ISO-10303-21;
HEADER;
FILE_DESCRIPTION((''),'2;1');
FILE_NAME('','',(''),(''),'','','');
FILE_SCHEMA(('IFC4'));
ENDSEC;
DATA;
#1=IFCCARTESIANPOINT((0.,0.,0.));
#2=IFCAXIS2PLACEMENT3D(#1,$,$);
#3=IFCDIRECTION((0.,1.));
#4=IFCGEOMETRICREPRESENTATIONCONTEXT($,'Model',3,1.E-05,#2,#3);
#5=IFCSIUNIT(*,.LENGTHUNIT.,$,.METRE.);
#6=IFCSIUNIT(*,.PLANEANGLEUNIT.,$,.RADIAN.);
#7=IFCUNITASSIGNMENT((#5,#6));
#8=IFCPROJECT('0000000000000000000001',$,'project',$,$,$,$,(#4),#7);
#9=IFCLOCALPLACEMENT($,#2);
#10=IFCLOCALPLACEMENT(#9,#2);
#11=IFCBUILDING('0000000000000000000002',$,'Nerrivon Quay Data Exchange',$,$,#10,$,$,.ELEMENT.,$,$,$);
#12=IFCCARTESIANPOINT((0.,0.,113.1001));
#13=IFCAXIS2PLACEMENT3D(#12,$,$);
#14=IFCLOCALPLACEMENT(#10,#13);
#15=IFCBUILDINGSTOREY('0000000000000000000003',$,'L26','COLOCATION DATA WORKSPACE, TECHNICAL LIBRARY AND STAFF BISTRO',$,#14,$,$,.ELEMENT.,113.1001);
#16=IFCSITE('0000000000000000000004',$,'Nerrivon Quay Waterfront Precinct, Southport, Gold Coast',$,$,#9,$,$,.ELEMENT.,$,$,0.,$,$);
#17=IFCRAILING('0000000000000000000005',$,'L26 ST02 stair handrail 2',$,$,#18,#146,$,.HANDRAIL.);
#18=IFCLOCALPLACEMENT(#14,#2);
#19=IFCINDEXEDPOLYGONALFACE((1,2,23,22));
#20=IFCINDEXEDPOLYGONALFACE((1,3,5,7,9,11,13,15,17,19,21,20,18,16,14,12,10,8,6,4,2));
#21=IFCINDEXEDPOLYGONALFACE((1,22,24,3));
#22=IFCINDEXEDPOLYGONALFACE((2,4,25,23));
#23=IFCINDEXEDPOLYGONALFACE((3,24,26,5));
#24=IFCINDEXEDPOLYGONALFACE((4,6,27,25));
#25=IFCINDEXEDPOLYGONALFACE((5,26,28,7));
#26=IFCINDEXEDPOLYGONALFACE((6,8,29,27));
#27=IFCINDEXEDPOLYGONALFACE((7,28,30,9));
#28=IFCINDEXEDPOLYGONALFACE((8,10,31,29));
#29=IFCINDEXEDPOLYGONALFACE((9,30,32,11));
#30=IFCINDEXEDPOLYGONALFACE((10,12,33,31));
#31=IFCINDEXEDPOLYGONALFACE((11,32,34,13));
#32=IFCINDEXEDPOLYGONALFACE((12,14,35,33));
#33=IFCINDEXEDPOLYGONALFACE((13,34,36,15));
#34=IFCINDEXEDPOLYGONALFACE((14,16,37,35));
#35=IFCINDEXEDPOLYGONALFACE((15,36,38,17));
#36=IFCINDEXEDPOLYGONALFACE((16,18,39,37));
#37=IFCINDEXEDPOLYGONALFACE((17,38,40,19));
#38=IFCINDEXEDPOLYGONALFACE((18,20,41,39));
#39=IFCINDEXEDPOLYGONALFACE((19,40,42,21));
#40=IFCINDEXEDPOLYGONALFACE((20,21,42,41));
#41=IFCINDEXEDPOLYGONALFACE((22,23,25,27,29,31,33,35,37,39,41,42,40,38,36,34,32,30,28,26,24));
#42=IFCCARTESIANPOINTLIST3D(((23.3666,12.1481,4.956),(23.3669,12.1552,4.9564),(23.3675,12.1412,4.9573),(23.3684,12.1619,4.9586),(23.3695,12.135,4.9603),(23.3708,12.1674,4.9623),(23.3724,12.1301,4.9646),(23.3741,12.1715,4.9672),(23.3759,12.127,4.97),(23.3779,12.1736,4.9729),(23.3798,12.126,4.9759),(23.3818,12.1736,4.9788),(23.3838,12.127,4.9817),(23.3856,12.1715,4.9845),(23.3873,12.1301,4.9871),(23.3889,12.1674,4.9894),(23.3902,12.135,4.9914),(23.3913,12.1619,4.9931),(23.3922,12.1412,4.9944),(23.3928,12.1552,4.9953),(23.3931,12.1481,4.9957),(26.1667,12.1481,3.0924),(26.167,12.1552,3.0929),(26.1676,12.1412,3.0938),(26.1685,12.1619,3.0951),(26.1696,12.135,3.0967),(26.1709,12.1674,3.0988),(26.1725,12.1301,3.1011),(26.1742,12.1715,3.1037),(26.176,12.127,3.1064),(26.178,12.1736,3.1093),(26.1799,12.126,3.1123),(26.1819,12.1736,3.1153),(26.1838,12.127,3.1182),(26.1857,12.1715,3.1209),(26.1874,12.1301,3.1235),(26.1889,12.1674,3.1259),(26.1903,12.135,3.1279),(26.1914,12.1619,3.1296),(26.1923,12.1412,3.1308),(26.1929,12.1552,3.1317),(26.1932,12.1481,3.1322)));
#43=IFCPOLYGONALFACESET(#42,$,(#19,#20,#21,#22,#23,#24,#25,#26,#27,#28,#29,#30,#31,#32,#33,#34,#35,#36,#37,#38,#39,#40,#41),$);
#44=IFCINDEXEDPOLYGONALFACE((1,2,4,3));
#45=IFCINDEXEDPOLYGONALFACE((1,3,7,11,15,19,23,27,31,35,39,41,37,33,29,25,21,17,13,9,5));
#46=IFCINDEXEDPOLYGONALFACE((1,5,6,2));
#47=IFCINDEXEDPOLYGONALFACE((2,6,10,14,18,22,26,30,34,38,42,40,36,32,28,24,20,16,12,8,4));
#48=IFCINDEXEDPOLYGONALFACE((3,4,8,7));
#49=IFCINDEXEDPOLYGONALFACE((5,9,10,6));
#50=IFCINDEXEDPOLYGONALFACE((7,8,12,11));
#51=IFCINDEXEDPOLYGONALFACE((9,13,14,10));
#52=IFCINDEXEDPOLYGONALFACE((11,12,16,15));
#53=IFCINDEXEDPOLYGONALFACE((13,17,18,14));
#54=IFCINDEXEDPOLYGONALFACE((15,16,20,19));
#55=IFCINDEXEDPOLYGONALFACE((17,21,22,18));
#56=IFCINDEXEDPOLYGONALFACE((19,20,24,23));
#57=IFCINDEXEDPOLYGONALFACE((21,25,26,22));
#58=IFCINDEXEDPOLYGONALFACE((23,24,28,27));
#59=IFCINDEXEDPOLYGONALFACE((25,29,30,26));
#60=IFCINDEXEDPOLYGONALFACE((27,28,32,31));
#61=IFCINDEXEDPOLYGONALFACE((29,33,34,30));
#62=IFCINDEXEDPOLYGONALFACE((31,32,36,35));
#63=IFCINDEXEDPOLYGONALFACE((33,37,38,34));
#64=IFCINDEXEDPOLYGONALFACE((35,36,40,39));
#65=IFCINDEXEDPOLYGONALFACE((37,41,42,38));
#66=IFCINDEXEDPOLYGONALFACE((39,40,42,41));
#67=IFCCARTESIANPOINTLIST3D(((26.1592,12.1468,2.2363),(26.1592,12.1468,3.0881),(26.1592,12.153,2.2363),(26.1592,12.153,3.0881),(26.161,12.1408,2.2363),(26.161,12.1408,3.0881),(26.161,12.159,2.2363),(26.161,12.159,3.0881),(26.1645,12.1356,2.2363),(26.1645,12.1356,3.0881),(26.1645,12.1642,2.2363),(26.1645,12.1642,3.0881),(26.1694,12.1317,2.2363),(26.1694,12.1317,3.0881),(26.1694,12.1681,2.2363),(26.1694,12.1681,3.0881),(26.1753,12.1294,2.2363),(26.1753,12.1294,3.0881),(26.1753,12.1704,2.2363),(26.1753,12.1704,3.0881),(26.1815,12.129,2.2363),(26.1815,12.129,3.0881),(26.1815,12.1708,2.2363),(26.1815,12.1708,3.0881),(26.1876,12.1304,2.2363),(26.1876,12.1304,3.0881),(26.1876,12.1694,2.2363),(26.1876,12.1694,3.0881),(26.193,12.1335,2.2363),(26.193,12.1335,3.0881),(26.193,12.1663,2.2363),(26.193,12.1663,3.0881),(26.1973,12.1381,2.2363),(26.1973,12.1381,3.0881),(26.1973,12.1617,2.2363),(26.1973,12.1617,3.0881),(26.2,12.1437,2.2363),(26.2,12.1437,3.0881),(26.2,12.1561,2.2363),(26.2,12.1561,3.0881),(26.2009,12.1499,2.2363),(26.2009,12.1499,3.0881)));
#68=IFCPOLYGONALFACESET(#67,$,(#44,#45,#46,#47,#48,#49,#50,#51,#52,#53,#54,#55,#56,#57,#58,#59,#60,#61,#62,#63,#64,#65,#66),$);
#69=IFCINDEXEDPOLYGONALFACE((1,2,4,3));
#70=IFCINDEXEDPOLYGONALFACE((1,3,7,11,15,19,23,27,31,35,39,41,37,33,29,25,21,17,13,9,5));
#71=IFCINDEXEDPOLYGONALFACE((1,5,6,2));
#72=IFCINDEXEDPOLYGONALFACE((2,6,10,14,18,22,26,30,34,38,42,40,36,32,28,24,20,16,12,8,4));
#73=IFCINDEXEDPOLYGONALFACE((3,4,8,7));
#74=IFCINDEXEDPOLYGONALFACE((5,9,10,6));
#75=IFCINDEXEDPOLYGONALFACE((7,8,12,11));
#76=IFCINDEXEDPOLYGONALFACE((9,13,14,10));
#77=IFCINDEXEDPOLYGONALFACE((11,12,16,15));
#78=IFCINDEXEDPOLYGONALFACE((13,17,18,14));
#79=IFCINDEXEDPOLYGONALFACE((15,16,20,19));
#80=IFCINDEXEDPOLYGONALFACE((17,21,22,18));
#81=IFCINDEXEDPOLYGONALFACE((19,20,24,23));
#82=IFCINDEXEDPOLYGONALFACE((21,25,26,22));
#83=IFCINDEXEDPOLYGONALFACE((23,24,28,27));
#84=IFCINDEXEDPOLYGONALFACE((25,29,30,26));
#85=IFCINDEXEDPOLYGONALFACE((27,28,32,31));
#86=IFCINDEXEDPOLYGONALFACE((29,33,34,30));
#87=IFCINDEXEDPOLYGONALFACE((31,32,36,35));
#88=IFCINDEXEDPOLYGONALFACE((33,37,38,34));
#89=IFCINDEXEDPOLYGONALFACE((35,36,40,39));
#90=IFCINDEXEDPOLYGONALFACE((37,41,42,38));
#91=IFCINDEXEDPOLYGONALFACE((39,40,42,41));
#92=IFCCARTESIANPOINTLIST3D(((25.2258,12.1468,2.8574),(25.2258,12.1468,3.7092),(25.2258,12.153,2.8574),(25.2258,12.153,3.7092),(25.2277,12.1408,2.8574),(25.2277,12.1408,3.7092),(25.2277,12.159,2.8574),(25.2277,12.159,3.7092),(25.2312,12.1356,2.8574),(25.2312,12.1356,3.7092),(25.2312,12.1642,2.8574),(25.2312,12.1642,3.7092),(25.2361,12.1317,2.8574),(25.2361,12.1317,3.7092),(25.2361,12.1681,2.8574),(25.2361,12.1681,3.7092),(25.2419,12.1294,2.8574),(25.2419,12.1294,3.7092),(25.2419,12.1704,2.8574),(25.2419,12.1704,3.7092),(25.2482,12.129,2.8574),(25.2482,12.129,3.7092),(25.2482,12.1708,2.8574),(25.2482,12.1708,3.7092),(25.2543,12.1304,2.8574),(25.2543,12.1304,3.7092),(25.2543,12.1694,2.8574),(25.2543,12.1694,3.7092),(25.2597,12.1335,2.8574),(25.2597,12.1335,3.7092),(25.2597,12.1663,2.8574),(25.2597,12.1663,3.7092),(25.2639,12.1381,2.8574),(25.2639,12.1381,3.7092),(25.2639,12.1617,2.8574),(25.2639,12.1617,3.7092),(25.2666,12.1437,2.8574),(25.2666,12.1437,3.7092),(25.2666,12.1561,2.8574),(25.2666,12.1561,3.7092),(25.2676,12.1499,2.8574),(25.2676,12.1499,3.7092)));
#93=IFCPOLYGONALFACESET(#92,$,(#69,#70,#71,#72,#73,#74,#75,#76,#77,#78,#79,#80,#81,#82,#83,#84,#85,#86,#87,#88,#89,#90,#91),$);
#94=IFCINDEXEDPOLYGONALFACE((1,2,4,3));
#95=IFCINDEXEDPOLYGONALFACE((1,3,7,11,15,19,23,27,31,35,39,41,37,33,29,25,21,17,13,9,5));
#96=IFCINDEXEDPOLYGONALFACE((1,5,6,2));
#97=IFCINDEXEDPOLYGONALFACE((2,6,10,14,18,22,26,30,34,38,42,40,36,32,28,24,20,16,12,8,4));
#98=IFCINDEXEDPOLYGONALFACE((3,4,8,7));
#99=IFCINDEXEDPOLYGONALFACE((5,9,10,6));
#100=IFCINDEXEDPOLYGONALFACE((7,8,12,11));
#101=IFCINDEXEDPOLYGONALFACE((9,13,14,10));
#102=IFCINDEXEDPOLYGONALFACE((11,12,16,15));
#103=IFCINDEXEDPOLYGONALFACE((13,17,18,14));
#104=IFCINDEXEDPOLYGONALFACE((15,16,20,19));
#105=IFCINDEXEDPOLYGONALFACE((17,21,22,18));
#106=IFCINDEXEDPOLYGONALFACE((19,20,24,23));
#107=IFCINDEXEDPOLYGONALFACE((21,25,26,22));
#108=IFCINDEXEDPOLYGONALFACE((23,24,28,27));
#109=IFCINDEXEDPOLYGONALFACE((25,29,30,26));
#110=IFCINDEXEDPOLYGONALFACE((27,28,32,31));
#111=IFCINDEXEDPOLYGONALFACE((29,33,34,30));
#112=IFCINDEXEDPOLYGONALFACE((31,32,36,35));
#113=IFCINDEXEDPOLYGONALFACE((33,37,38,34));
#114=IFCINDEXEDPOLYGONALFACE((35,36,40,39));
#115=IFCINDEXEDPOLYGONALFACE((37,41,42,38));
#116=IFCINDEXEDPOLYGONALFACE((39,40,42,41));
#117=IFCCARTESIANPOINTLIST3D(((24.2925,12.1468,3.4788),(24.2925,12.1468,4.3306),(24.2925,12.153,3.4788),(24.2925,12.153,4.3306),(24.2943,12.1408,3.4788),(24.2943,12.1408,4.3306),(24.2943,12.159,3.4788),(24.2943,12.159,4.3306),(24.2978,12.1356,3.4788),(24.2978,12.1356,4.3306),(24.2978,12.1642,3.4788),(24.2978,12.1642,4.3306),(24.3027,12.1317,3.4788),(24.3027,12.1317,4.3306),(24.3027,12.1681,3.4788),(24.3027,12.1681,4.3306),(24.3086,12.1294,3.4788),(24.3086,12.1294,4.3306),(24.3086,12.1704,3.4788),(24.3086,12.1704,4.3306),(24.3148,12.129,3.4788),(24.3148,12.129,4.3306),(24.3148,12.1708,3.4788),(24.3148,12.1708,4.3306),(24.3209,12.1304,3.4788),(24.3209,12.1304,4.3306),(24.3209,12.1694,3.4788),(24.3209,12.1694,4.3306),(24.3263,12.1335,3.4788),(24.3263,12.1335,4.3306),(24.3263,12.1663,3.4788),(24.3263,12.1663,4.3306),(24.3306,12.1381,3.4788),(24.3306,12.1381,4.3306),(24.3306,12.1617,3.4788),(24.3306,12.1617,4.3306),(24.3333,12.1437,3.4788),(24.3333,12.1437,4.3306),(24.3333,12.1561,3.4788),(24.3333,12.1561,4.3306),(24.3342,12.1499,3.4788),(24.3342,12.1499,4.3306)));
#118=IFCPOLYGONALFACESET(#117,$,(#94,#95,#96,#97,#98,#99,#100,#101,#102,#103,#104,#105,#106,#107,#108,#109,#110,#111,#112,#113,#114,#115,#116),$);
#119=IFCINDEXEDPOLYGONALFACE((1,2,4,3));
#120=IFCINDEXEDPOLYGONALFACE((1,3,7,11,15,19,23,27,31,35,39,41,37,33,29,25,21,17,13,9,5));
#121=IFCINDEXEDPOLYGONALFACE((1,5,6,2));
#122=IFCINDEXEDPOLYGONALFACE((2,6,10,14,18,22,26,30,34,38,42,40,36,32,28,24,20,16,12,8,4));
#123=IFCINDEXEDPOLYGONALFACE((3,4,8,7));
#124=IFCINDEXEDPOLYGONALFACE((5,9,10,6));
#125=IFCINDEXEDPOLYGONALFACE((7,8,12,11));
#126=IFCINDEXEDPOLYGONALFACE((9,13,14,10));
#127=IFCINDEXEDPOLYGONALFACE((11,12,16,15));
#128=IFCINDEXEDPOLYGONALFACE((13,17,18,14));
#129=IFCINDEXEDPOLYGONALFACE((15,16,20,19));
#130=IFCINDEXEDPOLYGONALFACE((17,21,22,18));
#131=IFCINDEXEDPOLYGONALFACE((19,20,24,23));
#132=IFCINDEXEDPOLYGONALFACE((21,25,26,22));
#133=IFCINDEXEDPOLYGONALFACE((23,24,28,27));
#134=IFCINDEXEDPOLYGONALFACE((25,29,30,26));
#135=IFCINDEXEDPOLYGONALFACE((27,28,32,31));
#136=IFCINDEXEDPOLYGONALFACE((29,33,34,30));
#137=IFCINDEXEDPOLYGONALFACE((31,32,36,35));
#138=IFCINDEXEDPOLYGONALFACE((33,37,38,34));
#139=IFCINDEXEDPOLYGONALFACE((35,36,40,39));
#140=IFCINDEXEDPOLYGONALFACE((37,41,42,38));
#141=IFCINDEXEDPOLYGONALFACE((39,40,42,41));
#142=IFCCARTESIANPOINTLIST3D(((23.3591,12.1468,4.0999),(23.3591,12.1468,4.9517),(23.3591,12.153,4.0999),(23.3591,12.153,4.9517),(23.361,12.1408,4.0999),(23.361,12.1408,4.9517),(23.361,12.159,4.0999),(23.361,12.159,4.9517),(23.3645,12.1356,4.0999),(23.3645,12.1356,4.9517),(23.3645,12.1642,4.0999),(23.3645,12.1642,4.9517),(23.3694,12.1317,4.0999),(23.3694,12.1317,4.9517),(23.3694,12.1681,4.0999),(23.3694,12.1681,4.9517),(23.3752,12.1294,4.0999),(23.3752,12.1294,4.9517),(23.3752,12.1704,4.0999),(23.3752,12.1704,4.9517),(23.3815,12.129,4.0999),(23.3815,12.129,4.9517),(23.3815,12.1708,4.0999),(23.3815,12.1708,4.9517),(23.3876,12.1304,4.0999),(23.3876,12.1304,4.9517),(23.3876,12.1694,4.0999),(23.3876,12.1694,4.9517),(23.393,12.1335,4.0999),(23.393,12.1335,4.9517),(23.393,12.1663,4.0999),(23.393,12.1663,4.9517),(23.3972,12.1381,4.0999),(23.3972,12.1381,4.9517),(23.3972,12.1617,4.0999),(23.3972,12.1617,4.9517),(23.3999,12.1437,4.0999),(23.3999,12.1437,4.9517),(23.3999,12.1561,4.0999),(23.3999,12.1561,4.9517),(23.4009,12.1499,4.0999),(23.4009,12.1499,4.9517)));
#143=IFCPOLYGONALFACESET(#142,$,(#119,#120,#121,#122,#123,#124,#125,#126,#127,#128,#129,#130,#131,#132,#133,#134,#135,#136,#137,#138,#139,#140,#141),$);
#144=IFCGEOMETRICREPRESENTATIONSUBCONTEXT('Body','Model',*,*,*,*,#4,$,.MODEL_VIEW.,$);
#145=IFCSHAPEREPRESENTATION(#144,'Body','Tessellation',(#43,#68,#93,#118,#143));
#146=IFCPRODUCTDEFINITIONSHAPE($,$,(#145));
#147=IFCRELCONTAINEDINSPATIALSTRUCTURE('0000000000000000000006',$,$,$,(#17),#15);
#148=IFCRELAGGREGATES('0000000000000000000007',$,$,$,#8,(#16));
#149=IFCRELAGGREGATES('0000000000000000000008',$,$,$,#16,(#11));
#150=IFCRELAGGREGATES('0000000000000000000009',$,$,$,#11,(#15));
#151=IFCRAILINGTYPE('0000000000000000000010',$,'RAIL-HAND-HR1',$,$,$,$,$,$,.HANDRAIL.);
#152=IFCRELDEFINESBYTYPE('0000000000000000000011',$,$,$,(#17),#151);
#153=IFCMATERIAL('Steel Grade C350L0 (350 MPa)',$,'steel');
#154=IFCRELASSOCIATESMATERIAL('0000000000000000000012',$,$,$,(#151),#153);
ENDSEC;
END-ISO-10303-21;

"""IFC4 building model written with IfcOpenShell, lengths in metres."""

from ifc_helpers import new_model, si_unit, direction, frame, origin, origin_2d, place, context, subcontext, project, spatial, circle, extrude, material, type_object, element, save


model = new_model("IFC4")

# Units and contexts
model_context = context("Model", 3, precision=1e-05, world=origin(), true_north=direction((0.0, 1.0)))
body_context = subcontext(model_context, "Body", "Model", "MODEL_VIEW")
ifc_project = project(units=[si_unit("LENGTHUNIT", "METRE"), si_unit("PLANEANGLEUNIT", "RADIAN")], contexts=[model_context])

# Site, building, storey
site_placement = place(None, origin())
site = spatial("IfcSite", under=ifc_project, at=site_placement, Name="Nerrivon Quay Waterfront Precinct, Southport, Gold Coast", CompositionType="ELEMENT", RefElevation=0.0)
building_placement = place(site_placement, origin())
building = spatial("IfcBuilding", under=site, at=building_placement, Name="Nerrivon Quay Data Exchange", CompositionType="ELEMENT")
storey_placement = place(building_placement, frame((0.0, 0.0, 113.1001)))
storey = spatial("IfcBuildingStorey", under=building, at=storey_placement, Name="L26", Description="COLOCATION DATA WORKSPACE, TECHNICAL LIBRARY AND STAFF BISTRO", CompositionType="ELEMENT", Elevation=113.1001)

# Railing
ifc_material_1 = material(Name="Steel Grade C350L0 (350 MPa)", Category="steel")
railing_type_1 = type_object("IfcRailingType", Name="RAIL-HAND-HR1", PredefinedType="HANDRAIL", material=ifc_material_1)
railing_1_placement = place(storey_placement, frame((26.1799, 12.1499, 2.2363)))
element("IfcRailing", 1, at=railing_1_placement, inside=storey, type_object=railing_type_1, Name="L26 ST02 stair handrail 2", PredefinedType="HANDRAIL", context=body_context, shape_type="SweptSolid", body=[
    extrude(circle(Radius=0.0239, at=origin_2d()), frame((0.0, 0.0, 0.876), z_axis=(-0.832486, 0.0, 0.554047), x_axis=(0.0, -1.0, 0.0)), (0.0, 0.0, 1.0), 3.3635),
    extrude(circle(Radius=0.021, at=origin_2d()), origin(), (0.0, 0.0, 1.0), 0.8518),
    extrude(circle(Radius=0.021, at=origin_2d()), frame((-0.9333, 0.0, 0.6211)), (0.0, 0.0, 1.0), 0.8518),
    extrude(circle(Radius=0.021, at=origin_2d()), frame((-1.8667, 0.0, 1.2424)), (0.0, 0.0, 1.0), 0.8518),
    extrude(circle(Radius=0.021, at=origin_2d()), frame((-2.8, 0.0, 1.8635)), (0.0, 0.0, 1.0), 0.8518),
])

save(model, "model.ifc")
